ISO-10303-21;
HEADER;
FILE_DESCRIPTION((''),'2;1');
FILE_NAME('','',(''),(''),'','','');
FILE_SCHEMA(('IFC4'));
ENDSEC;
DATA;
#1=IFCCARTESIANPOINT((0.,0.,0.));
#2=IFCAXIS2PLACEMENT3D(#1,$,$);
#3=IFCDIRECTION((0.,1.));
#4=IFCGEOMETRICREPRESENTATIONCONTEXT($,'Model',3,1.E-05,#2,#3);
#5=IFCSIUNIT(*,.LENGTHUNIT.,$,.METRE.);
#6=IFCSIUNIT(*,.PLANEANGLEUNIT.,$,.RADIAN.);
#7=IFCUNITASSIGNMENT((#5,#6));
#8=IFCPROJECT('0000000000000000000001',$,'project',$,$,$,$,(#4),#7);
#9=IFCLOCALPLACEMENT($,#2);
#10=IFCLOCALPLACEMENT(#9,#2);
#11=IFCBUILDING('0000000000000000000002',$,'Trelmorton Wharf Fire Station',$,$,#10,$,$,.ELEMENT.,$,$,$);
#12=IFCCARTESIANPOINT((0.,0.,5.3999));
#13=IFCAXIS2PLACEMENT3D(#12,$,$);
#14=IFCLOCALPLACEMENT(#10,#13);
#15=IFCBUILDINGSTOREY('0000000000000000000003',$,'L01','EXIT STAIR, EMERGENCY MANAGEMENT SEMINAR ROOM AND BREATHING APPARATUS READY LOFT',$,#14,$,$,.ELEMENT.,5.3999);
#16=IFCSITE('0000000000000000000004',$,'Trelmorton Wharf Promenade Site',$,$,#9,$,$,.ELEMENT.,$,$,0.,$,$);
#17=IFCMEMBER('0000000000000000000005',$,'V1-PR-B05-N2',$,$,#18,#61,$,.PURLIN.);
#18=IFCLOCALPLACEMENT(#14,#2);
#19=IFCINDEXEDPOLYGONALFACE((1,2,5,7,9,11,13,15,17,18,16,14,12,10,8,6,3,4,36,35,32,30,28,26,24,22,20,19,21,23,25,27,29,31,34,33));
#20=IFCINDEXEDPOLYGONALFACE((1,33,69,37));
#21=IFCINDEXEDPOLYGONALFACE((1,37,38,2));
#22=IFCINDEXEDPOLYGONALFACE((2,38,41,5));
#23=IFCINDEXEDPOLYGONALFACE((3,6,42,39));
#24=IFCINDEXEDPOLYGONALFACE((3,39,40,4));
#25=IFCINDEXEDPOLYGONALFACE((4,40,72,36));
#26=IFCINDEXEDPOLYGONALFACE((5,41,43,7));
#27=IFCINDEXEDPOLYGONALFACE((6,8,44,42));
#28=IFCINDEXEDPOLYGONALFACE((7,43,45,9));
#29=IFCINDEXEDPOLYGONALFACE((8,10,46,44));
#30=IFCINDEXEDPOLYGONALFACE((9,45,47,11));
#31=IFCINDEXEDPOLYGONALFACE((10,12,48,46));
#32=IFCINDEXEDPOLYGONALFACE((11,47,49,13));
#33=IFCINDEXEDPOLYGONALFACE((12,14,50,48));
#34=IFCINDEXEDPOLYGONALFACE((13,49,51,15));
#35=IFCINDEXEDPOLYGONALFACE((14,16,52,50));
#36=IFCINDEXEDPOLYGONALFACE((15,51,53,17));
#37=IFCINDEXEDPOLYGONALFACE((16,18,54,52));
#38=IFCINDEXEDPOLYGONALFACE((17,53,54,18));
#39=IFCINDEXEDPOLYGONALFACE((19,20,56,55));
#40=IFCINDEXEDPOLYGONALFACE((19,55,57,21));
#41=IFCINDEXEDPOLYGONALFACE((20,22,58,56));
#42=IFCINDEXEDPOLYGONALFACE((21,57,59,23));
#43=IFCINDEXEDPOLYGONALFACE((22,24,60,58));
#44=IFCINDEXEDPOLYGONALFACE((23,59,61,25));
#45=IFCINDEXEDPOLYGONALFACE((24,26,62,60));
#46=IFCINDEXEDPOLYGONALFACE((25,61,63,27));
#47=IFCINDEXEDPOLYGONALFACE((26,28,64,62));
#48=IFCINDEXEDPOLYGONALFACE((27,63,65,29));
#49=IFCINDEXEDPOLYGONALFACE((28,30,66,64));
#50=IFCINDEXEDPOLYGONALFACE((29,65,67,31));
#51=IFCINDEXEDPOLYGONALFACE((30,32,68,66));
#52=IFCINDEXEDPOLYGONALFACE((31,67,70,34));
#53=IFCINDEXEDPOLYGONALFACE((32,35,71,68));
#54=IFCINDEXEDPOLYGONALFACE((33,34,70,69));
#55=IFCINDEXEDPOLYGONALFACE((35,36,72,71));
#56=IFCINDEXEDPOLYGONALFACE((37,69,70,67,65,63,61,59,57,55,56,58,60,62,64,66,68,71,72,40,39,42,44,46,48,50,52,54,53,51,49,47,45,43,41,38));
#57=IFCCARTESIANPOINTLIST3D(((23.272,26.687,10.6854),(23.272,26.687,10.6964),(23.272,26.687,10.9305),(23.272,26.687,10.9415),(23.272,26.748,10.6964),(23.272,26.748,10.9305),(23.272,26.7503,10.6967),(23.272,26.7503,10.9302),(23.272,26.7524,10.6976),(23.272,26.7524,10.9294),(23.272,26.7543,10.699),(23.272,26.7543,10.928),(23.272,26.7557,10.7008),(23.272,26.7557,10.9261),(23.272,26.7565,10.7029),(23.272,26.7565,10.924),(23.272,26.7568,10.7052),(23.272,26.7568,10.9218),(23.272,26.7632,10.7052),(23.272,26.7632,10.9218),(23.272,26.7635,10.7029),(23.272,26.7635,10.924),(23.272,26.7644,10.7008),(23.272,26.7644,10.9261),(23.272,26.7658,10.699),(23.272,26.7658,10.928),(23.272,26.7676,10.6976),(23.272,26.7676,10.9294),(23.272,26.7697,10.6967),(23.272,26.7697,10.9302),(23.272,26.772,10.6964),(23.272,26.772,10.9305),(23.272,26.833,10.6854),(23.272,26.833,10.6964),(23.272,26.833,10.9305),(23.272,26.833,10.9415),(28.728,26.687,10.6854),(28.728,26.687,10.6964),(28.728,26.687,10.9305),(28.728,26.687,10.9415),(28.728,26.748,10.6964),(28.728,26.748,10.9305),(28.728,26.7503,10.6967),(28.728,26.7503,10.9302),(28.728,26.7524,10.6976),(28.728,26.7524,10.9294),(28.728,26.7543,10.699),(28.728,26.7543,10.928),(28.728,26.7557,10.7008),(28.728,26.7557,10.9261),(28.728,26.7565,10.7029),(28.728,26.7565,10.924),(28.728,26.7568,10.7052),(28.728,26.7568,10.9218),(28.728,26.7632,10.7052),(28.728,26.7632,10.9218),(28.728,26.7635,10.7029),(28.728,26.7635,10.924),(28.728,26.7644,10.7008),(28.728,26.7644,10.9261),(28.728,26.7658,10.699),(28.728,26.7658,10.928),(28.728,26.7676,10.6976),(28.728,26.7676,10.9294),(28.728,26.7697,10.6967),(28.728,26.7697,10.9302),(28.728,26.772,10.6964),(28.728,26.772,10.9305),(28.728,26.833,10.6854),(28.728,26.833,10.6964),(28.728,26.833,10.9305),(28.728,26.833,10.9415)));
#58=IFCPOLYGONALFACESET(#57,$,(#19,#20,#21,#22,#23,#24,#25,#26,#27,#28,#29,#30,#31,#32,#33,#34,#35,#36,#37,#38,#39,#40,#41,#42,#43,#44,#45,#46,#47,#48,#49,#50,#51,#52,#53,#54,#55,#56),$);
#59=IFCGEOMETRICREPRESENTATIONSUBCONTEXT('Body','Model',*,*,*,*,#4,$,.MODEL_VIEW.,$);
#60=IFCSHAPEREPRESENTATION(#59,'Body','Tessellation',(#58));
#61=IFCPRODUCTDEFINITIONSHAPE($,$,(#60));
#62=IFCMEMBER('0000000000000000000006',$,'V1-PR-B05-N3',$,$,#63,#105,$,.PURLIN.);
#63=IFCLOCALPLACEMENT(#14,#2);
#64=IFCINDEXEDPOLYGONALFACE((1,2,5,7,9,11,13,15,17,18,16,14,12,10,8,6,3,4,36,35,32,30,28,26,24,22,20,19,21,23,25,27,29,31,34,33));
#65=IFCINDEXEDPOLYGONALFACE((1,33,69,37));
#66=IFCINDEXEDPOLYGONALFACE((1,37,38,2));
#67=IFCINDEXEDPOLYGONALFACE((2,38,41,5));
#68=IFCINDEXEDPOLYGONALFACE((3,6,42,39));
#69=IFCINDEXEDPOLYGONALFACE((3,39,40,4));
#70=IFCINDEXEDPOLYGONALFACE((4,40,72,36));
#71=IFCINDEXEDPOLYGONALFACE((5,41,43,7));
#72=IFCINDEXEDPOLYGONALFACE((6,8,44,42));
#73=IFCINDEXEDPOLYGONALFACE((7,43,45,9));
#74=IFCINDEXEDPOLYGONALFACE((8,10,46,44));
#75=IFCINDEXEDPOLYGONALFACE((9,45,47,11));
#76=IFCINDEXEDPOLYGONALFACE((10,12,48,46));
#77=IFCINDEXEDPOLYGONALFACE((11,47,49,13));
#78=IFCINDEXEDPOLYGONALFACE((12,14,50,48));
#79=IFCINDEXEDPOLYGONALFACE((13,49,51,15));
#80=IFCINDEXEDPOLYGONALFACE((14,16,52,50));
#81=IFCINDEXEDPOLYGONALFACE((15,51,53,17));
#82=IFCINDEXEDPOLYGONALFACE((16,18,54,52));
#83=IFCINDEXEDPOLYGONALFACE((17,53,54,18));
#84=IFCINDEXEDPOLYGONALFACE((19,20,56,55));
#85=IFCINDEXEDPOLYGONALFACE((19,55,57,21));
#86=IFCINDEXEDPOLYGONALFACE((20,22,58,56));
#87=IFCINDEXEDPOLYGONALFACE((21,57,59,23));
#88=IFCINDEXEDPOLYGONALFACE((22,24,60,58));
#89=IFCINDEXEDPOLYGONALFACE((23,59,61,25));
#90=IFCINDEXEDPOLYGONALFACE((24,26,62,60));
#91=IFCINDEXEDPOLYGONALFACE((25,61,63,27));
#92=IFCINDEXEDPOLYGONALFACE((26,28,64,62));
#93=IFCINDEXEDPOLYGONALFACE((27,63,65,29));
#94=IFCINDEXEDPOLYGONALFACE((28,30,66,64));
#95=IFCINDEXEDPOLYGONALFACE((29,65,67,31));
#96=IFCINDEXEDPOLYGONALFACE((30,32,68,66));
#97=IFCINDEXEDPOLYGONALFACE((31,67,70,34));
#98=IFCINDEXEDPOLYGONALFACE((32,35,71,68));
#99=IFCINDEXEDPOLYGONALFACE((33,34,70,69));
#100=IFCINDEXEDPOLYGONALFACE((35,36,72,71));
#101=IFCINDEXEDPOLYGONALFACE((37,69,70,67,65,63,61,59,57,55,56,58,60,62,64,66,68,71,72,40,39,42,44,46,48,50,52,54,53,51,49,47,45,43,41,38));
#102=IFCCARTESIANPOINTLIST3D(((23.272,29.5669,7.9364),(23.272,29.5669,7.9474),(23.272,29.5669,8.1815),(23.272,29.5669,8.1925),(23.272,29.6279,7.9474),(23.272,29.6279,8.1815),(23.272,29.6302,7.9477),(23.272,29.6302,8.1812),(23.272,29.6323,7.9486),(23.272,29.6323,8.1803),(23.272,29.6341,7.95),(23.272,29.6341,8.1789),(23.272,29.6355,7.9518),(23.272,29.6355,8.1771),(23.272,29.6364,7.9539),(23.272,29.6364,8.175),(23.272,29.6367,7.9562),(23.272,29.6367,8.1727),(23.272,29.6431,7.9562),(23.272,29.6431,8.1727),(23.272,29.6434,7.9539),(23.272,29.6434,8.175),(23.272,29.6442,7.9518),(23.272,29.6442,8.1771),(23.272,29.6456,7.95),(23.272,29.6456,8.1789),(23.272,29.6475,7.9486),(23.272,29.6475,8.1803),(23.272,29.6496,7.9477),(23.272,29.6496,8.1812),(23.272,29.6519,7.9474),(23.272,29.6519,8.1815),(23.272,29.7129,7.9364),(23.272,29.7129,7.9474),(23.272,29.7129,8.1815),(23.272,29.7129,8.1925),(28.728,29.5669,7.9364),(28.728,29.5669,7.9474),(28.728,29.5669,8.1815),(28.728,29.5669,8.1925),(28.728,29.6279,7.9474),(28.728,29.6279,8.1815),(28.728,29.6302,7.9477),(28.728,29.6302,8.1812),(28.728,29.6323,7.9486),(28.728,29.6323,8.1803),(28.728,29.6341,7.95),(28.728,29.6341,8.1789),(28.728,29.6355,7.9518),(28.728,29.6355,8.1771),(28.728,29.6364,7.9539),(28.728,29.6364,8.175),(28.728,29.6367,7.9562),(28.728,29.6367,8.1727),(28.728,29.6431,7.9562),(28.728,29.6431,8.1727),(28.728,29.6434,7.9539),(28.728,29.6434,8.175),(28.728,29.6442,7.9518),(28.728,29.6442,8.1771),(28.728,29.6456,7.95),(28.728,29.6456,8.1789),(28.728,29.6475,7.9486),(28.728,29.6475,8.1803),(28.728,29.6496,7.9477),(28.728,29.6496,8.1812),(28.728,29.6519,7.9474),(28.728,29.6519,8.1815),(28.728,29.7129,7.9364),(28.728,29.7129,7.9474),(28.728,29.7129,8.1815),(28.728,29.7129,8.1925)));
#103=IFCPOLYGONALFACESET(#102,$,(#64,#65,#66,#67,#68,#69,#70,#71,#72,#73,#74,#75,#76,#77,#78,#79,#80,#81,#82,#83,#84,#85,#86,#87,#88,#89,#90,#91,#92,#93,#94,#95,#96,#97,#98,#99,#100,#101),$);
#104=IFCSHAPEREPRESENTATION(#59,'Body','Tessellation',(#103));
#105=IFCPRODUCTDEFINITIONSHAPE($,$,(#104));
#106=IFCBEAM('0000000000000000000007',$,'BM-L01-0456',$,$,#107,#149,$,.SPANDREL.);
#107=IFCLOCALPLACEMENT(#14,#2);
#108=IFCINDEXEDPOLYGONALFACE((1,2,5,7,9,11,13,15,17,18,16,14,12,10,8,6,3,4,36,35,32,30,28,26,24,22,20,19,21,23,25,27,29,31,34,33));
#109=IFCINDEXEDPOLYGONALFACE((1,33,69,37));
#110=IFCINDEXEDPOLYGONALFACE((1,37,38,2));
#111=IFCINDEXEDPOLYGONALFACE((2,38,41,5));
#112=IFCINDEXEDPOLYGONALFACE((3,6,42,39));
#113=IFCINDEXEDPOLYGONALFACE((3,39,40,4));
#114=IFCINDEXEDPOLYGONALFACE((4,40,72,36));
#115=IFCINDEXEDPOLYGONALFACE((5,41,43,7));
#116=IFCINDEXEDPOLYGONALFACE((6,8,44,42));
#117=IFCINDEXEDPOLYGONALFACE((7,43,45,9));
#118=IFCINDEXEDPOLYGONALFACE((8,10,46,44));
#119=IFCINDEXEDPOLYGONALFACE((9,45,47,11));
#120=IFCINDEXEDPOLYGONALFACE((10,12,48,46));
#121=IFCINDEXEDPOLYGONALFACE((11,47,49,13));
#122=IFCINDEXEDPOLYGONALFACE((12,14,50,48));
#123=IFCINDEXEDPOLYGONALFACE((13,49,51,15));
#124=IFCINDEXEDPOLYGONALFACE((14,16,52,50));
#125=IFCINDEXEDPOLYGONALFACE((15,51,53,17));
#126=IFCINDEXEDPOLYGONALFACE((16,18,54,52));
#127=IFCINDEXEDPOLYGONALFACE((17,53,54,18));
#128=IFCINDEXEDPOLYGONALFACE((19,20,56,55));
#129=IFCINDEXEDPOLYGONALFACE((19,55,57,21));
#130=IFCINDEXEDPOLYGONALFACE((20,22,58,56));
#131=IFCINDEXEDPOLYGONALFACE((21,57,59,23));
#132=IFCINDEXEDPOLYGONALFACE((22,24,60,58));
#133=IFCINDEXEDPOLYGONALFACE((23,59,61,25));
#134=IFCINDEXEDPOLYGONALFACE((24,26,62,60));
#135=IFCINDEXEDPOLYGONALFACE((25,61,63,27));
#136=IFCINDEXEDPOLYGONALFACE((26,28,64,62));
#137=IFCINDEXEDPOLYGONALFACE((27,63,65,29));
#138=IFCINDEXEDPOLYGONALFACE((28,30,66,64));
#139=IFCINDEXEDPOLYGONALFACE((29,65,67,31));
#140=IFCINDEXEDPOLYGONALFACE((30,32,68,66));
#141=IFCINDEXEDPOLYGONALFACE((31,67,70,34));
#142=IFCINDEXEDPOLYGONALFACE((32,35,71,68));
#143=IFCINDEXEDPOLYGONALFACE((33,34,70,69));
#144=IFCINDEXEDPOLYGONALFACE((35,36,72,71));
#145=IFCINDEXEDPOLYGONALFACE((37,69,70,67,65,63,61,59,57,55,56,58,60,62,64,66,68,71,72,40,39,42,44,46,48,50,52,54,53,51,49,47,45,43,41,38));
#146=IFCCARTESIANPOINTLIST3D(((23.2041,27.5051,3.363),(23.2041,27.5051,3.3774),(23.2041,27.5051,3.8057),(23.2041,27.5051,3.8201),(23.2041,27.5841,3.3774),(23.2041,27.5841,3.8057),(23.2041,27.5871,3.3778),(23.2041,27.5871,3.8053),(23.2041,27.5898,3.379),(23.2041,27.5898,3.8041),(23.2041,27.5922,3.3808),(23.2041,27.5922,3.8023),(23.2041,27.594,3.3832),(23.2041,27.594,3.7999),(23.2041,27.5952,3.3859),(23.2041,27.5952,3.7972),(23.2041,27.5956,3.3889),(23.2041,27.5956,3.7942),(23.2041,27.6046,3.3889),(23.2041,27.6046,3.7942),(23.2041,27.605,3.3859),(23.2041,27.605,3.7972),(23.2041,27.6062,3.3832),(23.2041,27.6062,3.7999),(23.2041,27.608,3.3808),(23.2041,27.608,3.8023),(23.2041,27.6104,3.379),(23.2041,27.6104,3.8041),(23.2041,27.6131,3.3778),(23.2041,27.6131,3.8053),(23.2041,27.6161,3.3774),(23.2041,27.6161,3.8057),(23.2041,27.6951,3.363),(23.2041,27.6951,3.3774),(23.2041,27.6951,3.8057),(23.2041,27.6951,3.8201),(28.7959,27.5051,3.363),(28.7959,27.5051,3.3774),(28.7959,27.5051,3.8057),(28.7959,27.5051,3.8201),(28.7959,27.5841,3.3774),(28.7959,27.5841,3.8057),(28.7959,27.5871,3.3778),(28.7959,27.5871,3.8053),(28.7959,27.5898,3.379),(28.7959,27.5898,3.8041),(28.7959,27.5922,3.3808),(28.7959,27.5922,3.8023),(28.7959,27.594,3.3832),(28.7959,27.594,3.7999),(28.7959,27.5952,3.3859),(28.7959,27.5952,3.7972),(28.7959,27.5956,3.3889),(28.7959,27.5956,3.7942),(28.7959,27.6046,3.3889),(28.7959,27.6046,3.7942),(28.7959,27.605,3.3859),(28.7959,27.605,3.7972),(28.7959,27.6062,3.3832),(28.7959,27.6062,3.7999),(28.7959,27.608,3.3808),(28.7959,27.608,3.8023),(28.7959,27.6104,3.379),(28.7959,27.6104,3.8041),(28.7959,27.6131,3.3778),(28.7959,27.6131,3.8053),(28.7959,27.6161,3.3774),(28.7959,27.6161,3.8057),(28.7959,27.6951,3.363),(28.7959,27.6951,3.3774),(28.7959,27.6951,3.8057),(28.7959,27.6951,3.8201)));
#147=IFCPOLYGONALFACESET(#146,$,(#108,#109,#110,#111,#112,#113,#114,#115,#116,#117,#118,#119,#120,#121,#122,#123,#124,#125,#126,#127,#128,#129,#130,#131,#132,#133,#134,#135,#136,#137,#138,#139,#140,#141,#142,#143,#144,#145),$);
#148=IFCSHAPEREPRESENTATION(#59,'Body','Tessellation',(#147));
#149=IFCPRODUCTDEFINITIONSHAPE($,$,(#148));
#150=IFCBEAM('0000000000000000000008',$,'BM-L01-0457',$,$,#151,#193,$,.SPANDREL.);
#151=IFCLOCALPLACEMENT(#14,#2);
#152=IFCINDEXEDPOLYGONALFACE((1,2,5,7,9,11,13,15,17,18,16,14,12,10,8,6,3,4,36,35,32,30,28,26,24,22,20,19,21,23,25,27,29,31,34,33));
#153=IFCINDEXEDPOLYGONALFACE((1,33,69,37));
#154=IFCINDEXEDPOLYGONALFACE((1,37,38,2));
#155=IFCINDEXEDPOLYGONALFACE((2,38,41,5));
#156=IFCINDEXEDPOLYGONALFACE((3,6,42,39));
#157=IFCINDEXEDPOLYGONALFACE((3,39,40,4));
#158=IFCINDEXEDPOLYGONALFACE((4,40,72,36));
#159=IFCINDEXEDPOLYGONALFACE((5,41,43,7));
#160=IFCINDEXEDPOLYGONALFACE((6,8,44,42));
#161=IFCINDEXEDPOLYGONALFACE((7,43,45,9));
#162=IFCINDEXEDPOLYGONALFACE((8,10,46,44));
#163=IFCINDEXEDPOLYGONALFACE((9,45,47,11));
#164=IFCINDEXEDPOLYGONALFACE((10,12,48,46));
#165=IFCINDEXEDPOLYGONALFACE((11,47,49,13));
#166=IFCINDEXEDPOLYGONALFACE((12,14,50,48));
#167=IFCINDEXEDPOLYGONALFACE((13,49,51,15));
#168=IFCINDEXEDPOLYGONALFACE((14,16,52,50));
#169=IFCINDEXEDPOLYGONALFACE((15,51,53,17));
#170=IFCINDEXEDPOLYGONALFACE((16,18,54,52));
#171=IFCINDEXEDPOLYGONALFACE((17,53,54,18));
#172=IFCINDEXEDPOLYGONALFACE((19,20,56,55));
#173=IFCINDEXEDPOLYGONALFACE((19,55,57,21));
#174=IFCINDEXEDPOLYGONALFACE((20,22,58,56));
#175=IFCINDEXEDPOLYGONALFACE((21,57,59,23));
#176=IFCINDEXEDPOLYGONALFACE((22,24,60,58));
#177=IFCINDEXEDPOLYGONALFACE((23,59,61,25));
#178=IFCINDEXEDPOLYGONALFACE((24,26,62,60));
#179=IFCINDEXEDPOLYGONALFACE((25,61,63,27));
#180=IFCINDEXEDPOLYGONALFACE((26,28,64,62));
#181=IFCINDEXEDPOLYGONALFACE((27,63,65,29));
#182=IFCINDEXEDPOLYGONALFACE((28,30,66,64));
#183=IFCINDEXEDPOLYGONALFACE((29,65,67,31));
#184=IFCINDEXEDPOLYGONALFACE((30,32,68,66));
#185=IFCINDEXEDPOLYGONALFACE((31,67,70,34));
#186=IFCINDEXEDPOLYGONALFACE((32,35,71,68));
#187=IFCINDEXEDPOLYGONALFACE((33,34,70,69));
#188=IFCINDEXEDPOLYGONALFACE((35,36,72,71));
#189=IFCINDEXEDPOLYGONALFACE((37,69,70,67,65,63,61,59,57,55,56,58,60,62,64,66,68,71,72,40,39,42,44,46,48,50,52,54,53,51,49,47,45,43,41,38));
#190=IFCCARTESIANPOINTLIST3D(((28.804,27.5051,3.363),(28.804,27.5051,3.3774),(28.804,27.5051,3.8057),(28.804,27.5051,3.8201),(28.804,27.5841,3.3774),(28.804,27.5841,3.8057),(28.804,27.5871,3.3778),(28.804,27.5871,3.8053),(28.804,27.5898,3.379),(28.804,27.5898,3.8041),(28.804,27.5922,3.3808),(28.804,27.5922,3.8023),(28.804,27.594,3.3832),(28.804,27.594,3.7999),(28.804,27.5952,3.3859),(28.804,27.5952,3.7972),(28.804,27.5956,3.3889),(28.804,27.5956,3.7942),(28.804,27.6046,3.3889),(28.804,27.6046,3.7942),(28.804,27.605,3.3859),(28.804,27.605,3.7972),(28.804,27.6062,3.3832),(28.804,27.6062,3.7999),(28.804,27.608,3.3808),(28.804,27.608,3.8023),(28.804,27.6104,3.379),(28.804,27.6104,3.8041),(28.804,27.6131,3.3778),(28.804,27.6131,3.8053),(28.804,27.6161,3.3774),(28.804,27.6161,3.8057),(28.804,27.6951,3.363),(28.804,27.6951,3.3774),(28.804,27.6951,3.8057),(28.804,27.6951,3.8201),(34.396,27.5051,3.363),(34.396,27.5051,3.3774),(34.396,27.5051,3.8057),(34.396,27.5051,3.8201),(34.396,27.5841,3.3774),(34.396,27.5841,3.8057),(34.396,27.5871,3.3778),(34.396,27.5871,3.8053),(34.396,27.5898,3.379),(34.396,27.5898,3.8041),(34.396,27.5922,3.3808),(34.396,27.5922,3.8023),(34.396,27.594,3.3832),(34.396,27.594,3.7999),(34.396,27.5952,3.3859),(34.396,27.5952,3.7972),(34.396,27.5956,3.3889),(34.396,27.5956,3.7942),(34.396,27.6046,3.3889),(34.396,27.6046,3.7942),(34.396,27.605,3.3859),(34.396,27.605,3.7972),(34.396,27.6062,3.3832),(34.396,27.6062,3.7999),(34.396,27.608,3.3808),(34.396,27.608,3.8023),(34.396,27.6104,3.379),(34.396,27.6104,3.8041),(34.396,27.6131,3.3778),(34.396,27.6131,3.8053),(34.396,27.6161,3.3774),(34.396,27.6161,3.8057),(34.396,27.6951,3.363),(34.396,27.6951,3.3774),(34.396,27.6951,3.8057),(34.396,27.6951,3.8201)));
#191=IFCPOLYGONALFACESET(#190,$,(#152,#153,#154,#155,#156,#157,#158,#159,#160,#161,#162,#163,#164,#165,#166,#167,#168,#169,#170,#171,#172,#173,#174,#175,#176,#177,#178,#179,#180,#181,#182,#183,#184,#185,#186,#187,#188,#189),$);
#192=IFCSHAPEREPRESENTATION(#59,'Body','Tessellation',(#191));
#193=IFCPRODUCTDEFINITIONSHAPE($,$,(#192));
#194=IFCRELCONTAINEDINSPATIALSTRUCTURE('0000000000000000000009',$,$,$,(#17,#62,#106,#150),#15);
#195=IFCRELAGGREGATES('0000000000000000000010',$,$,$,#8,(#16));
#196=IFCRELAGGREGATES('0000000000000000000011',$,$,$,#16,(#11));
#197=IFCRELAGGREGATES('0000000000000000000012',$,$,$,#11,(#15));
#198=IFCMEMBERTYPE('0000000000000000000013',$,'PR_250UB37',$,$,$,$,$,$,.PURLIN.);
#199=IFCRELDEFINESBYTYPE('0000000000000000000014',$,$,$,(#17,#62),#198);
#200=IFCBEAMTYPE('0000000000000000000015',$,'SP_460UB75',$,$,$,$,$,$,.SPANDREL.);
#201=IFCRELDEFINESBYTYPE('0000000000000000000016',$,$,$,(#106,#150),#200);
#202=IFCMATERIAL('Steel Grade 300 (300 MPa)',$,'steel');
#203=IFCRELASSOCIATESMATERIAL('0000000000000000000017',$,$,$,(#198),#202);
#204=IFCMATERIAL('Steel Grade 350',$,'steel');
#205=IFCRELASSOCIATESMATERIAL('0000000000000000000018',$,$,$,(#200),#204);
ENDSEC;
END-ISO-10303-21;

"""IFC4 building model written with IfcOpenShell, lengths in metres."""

from ifc_helpers import new_model, si_unit, direction, frame, origin, origin_2d, place, context, subcontext, project, spatial, i_section, extrude, material, material_profile, profile_set, type_object, element, save


model = new_model("IFC4")

# Units and contexts
model_context = context("Model", 3, precision=1e-05, world=origin(), true_north=direction((0.0, 1.0)))
body_context = subcontext(model_context, "Body", "Model", "MODEL_VIEW")
ifc_project = project(units=[si_unit("LENGTHUNIT", "METRE"), si_unit("PLANEANGLEUNIT", "RADIAN")], contexts=[model_context])

# Site, building, storey
site_placement = place(None, origin())
site = spatial("IfcSite", under=ifc_project, at=site_placement, Name="Trelmorton Wharf Promenade Site", CompositionType="ELEMENT", RefElevation=0.0)
building_placement = place(site_placement, origin())
building = spatial("IfcBuilding", under=site, at=building_placement, Name="Trelmorton Wharf Fire Station", CompositionType="ELEMENT")
storey_placement = place(building_placement, frame((0.0, 0.0, 5.3999)))
storey = spatial("IfcBuildingStorey", under=building, at=storey_placement, Name="L01", Description="EXIT STAIR, EMERGENCY MANAGEMENT SEMINAR ROOM AND BREATHING APPARATUS READY LOFT", CompositionType="ELEMENT", Elevation=5.3999)

# Shared definitions
ifc_material_1 = material(Name="Steel Grade 350", Category="steel")

# Members
ifc_material_2 = material(Name="Steel Grade 300 (300 MPa)", Category="steel")
ifc_material_profile_1 = material_profile(ifc_material_2, i_section(OverallWidth=0.146, OverallDepth=0.2561, WebThickness=0.0063, FlangeThickness=0.011, FilletRadius=0.0088, at=origin_2d()), Name="250UB37.3")
ifc_profile_set_1 = profile_set([ifc_material_profile_1], Name="Steel Grade 300 (300 MPa)")
member_type_1 = type_object("IfcMemberType", Name="PR_250UB37", PredefinedType="PURLIN", material=ifc_profile_set_1)
for number, where, z_axis, x_axis, name in (
    (1, (23.272, 26.76, 10.8135), (1.0, 0.0, 0.0), (0.0, 1.0, 0.0), "V1-PR-B05-N2"),
    (2, (23.272, 29.6399, 8.0645), (1.0, 0.0, 0.0), (0.0, 1.0, 0.0), "V1-PR-B05-N3"),
):
    element("IfcMember", number, at=place(storey_placement, frame(where, z_axis=z_axis, x_axis=x_axis)), inside=storey, type_object=member_type_1, Name=name, PredefinedType="PURLIN", context=body_context, shape_type="SweptSolid", body=[
        extrude(i_section(OverallWidth=0.146, OverallDepth=0.2561, WebThickness=0.0063, FlangeThickness=0.011, FilletRadius=0.0088, at=origin_2d()), origin(), (0.0, 0.0, 1.0), 5.4561),
    ])

# Beams
ifc_material_profile_2 = material_profile(ifc_material_1, i_section(OverallWidth=0.1899, OverallDepth=0.457, WebThickness=0.009, FlangeThickness=0.0144, FilletRadius=0.0115, at=origin_2d()), Name="460UB74.6")
ifc_profile_set_2 = profile_set([ifc_material_profile_2], Name="Steel Grade 350")
beam_type = type_object("IfcBeamType", Name="SP_460UB75", PredefinedType="SPANDREL", material=ifc_profile_set_2)
beam_1_placement = place(storey_placement, frame((23.2041, 27.6001, 3.5916), z_axis=(1.0, 0.0, 0.0), x_axis=(0.0, 1.0, 0.0)))
element("IfcBeam", 3, at=beam_1_placement, inside=storey, type_object=beam_type, Name="BM-L01-0456", PredefinedType="SPANDREL", context=body_context, shape_type="SweptSolid", body=[
    extrude(i_section(OverallWidth=0.1899, OverallDepth=0.457, WebThickness=0.009, FlangeThickness=0.0144, FilletRadius=0.0115, at=origin_2d()), origin(), (0.0, 0.0, 1.0), 5.5918),
])
beam_2_placement = place(storey_placement, frame((28.804, 27.6001, 3.5916), z_axis=(1.0, 0.0, 0.0), x_axis=(0.0, 1.0, 0.0)))
element("IfcBeam", 4, at=beam_2_placement, inside=storey, type_object=beam_type, Name="BM-L01-0457", PredefinedType="SPANDREL", context=body_context, shape_type="SweptSolid", body=[
    extrude(i_section(OverallWidth=0.1899, OverallDepth=0.457, WebThickness=0.009, FlangeThickness=0.0144, FilletRadius=0.0115, at=origin_2d()), origin(), (0.0, 0.0, 1.0), 5.592),
])

save(model, "model.ifc")
